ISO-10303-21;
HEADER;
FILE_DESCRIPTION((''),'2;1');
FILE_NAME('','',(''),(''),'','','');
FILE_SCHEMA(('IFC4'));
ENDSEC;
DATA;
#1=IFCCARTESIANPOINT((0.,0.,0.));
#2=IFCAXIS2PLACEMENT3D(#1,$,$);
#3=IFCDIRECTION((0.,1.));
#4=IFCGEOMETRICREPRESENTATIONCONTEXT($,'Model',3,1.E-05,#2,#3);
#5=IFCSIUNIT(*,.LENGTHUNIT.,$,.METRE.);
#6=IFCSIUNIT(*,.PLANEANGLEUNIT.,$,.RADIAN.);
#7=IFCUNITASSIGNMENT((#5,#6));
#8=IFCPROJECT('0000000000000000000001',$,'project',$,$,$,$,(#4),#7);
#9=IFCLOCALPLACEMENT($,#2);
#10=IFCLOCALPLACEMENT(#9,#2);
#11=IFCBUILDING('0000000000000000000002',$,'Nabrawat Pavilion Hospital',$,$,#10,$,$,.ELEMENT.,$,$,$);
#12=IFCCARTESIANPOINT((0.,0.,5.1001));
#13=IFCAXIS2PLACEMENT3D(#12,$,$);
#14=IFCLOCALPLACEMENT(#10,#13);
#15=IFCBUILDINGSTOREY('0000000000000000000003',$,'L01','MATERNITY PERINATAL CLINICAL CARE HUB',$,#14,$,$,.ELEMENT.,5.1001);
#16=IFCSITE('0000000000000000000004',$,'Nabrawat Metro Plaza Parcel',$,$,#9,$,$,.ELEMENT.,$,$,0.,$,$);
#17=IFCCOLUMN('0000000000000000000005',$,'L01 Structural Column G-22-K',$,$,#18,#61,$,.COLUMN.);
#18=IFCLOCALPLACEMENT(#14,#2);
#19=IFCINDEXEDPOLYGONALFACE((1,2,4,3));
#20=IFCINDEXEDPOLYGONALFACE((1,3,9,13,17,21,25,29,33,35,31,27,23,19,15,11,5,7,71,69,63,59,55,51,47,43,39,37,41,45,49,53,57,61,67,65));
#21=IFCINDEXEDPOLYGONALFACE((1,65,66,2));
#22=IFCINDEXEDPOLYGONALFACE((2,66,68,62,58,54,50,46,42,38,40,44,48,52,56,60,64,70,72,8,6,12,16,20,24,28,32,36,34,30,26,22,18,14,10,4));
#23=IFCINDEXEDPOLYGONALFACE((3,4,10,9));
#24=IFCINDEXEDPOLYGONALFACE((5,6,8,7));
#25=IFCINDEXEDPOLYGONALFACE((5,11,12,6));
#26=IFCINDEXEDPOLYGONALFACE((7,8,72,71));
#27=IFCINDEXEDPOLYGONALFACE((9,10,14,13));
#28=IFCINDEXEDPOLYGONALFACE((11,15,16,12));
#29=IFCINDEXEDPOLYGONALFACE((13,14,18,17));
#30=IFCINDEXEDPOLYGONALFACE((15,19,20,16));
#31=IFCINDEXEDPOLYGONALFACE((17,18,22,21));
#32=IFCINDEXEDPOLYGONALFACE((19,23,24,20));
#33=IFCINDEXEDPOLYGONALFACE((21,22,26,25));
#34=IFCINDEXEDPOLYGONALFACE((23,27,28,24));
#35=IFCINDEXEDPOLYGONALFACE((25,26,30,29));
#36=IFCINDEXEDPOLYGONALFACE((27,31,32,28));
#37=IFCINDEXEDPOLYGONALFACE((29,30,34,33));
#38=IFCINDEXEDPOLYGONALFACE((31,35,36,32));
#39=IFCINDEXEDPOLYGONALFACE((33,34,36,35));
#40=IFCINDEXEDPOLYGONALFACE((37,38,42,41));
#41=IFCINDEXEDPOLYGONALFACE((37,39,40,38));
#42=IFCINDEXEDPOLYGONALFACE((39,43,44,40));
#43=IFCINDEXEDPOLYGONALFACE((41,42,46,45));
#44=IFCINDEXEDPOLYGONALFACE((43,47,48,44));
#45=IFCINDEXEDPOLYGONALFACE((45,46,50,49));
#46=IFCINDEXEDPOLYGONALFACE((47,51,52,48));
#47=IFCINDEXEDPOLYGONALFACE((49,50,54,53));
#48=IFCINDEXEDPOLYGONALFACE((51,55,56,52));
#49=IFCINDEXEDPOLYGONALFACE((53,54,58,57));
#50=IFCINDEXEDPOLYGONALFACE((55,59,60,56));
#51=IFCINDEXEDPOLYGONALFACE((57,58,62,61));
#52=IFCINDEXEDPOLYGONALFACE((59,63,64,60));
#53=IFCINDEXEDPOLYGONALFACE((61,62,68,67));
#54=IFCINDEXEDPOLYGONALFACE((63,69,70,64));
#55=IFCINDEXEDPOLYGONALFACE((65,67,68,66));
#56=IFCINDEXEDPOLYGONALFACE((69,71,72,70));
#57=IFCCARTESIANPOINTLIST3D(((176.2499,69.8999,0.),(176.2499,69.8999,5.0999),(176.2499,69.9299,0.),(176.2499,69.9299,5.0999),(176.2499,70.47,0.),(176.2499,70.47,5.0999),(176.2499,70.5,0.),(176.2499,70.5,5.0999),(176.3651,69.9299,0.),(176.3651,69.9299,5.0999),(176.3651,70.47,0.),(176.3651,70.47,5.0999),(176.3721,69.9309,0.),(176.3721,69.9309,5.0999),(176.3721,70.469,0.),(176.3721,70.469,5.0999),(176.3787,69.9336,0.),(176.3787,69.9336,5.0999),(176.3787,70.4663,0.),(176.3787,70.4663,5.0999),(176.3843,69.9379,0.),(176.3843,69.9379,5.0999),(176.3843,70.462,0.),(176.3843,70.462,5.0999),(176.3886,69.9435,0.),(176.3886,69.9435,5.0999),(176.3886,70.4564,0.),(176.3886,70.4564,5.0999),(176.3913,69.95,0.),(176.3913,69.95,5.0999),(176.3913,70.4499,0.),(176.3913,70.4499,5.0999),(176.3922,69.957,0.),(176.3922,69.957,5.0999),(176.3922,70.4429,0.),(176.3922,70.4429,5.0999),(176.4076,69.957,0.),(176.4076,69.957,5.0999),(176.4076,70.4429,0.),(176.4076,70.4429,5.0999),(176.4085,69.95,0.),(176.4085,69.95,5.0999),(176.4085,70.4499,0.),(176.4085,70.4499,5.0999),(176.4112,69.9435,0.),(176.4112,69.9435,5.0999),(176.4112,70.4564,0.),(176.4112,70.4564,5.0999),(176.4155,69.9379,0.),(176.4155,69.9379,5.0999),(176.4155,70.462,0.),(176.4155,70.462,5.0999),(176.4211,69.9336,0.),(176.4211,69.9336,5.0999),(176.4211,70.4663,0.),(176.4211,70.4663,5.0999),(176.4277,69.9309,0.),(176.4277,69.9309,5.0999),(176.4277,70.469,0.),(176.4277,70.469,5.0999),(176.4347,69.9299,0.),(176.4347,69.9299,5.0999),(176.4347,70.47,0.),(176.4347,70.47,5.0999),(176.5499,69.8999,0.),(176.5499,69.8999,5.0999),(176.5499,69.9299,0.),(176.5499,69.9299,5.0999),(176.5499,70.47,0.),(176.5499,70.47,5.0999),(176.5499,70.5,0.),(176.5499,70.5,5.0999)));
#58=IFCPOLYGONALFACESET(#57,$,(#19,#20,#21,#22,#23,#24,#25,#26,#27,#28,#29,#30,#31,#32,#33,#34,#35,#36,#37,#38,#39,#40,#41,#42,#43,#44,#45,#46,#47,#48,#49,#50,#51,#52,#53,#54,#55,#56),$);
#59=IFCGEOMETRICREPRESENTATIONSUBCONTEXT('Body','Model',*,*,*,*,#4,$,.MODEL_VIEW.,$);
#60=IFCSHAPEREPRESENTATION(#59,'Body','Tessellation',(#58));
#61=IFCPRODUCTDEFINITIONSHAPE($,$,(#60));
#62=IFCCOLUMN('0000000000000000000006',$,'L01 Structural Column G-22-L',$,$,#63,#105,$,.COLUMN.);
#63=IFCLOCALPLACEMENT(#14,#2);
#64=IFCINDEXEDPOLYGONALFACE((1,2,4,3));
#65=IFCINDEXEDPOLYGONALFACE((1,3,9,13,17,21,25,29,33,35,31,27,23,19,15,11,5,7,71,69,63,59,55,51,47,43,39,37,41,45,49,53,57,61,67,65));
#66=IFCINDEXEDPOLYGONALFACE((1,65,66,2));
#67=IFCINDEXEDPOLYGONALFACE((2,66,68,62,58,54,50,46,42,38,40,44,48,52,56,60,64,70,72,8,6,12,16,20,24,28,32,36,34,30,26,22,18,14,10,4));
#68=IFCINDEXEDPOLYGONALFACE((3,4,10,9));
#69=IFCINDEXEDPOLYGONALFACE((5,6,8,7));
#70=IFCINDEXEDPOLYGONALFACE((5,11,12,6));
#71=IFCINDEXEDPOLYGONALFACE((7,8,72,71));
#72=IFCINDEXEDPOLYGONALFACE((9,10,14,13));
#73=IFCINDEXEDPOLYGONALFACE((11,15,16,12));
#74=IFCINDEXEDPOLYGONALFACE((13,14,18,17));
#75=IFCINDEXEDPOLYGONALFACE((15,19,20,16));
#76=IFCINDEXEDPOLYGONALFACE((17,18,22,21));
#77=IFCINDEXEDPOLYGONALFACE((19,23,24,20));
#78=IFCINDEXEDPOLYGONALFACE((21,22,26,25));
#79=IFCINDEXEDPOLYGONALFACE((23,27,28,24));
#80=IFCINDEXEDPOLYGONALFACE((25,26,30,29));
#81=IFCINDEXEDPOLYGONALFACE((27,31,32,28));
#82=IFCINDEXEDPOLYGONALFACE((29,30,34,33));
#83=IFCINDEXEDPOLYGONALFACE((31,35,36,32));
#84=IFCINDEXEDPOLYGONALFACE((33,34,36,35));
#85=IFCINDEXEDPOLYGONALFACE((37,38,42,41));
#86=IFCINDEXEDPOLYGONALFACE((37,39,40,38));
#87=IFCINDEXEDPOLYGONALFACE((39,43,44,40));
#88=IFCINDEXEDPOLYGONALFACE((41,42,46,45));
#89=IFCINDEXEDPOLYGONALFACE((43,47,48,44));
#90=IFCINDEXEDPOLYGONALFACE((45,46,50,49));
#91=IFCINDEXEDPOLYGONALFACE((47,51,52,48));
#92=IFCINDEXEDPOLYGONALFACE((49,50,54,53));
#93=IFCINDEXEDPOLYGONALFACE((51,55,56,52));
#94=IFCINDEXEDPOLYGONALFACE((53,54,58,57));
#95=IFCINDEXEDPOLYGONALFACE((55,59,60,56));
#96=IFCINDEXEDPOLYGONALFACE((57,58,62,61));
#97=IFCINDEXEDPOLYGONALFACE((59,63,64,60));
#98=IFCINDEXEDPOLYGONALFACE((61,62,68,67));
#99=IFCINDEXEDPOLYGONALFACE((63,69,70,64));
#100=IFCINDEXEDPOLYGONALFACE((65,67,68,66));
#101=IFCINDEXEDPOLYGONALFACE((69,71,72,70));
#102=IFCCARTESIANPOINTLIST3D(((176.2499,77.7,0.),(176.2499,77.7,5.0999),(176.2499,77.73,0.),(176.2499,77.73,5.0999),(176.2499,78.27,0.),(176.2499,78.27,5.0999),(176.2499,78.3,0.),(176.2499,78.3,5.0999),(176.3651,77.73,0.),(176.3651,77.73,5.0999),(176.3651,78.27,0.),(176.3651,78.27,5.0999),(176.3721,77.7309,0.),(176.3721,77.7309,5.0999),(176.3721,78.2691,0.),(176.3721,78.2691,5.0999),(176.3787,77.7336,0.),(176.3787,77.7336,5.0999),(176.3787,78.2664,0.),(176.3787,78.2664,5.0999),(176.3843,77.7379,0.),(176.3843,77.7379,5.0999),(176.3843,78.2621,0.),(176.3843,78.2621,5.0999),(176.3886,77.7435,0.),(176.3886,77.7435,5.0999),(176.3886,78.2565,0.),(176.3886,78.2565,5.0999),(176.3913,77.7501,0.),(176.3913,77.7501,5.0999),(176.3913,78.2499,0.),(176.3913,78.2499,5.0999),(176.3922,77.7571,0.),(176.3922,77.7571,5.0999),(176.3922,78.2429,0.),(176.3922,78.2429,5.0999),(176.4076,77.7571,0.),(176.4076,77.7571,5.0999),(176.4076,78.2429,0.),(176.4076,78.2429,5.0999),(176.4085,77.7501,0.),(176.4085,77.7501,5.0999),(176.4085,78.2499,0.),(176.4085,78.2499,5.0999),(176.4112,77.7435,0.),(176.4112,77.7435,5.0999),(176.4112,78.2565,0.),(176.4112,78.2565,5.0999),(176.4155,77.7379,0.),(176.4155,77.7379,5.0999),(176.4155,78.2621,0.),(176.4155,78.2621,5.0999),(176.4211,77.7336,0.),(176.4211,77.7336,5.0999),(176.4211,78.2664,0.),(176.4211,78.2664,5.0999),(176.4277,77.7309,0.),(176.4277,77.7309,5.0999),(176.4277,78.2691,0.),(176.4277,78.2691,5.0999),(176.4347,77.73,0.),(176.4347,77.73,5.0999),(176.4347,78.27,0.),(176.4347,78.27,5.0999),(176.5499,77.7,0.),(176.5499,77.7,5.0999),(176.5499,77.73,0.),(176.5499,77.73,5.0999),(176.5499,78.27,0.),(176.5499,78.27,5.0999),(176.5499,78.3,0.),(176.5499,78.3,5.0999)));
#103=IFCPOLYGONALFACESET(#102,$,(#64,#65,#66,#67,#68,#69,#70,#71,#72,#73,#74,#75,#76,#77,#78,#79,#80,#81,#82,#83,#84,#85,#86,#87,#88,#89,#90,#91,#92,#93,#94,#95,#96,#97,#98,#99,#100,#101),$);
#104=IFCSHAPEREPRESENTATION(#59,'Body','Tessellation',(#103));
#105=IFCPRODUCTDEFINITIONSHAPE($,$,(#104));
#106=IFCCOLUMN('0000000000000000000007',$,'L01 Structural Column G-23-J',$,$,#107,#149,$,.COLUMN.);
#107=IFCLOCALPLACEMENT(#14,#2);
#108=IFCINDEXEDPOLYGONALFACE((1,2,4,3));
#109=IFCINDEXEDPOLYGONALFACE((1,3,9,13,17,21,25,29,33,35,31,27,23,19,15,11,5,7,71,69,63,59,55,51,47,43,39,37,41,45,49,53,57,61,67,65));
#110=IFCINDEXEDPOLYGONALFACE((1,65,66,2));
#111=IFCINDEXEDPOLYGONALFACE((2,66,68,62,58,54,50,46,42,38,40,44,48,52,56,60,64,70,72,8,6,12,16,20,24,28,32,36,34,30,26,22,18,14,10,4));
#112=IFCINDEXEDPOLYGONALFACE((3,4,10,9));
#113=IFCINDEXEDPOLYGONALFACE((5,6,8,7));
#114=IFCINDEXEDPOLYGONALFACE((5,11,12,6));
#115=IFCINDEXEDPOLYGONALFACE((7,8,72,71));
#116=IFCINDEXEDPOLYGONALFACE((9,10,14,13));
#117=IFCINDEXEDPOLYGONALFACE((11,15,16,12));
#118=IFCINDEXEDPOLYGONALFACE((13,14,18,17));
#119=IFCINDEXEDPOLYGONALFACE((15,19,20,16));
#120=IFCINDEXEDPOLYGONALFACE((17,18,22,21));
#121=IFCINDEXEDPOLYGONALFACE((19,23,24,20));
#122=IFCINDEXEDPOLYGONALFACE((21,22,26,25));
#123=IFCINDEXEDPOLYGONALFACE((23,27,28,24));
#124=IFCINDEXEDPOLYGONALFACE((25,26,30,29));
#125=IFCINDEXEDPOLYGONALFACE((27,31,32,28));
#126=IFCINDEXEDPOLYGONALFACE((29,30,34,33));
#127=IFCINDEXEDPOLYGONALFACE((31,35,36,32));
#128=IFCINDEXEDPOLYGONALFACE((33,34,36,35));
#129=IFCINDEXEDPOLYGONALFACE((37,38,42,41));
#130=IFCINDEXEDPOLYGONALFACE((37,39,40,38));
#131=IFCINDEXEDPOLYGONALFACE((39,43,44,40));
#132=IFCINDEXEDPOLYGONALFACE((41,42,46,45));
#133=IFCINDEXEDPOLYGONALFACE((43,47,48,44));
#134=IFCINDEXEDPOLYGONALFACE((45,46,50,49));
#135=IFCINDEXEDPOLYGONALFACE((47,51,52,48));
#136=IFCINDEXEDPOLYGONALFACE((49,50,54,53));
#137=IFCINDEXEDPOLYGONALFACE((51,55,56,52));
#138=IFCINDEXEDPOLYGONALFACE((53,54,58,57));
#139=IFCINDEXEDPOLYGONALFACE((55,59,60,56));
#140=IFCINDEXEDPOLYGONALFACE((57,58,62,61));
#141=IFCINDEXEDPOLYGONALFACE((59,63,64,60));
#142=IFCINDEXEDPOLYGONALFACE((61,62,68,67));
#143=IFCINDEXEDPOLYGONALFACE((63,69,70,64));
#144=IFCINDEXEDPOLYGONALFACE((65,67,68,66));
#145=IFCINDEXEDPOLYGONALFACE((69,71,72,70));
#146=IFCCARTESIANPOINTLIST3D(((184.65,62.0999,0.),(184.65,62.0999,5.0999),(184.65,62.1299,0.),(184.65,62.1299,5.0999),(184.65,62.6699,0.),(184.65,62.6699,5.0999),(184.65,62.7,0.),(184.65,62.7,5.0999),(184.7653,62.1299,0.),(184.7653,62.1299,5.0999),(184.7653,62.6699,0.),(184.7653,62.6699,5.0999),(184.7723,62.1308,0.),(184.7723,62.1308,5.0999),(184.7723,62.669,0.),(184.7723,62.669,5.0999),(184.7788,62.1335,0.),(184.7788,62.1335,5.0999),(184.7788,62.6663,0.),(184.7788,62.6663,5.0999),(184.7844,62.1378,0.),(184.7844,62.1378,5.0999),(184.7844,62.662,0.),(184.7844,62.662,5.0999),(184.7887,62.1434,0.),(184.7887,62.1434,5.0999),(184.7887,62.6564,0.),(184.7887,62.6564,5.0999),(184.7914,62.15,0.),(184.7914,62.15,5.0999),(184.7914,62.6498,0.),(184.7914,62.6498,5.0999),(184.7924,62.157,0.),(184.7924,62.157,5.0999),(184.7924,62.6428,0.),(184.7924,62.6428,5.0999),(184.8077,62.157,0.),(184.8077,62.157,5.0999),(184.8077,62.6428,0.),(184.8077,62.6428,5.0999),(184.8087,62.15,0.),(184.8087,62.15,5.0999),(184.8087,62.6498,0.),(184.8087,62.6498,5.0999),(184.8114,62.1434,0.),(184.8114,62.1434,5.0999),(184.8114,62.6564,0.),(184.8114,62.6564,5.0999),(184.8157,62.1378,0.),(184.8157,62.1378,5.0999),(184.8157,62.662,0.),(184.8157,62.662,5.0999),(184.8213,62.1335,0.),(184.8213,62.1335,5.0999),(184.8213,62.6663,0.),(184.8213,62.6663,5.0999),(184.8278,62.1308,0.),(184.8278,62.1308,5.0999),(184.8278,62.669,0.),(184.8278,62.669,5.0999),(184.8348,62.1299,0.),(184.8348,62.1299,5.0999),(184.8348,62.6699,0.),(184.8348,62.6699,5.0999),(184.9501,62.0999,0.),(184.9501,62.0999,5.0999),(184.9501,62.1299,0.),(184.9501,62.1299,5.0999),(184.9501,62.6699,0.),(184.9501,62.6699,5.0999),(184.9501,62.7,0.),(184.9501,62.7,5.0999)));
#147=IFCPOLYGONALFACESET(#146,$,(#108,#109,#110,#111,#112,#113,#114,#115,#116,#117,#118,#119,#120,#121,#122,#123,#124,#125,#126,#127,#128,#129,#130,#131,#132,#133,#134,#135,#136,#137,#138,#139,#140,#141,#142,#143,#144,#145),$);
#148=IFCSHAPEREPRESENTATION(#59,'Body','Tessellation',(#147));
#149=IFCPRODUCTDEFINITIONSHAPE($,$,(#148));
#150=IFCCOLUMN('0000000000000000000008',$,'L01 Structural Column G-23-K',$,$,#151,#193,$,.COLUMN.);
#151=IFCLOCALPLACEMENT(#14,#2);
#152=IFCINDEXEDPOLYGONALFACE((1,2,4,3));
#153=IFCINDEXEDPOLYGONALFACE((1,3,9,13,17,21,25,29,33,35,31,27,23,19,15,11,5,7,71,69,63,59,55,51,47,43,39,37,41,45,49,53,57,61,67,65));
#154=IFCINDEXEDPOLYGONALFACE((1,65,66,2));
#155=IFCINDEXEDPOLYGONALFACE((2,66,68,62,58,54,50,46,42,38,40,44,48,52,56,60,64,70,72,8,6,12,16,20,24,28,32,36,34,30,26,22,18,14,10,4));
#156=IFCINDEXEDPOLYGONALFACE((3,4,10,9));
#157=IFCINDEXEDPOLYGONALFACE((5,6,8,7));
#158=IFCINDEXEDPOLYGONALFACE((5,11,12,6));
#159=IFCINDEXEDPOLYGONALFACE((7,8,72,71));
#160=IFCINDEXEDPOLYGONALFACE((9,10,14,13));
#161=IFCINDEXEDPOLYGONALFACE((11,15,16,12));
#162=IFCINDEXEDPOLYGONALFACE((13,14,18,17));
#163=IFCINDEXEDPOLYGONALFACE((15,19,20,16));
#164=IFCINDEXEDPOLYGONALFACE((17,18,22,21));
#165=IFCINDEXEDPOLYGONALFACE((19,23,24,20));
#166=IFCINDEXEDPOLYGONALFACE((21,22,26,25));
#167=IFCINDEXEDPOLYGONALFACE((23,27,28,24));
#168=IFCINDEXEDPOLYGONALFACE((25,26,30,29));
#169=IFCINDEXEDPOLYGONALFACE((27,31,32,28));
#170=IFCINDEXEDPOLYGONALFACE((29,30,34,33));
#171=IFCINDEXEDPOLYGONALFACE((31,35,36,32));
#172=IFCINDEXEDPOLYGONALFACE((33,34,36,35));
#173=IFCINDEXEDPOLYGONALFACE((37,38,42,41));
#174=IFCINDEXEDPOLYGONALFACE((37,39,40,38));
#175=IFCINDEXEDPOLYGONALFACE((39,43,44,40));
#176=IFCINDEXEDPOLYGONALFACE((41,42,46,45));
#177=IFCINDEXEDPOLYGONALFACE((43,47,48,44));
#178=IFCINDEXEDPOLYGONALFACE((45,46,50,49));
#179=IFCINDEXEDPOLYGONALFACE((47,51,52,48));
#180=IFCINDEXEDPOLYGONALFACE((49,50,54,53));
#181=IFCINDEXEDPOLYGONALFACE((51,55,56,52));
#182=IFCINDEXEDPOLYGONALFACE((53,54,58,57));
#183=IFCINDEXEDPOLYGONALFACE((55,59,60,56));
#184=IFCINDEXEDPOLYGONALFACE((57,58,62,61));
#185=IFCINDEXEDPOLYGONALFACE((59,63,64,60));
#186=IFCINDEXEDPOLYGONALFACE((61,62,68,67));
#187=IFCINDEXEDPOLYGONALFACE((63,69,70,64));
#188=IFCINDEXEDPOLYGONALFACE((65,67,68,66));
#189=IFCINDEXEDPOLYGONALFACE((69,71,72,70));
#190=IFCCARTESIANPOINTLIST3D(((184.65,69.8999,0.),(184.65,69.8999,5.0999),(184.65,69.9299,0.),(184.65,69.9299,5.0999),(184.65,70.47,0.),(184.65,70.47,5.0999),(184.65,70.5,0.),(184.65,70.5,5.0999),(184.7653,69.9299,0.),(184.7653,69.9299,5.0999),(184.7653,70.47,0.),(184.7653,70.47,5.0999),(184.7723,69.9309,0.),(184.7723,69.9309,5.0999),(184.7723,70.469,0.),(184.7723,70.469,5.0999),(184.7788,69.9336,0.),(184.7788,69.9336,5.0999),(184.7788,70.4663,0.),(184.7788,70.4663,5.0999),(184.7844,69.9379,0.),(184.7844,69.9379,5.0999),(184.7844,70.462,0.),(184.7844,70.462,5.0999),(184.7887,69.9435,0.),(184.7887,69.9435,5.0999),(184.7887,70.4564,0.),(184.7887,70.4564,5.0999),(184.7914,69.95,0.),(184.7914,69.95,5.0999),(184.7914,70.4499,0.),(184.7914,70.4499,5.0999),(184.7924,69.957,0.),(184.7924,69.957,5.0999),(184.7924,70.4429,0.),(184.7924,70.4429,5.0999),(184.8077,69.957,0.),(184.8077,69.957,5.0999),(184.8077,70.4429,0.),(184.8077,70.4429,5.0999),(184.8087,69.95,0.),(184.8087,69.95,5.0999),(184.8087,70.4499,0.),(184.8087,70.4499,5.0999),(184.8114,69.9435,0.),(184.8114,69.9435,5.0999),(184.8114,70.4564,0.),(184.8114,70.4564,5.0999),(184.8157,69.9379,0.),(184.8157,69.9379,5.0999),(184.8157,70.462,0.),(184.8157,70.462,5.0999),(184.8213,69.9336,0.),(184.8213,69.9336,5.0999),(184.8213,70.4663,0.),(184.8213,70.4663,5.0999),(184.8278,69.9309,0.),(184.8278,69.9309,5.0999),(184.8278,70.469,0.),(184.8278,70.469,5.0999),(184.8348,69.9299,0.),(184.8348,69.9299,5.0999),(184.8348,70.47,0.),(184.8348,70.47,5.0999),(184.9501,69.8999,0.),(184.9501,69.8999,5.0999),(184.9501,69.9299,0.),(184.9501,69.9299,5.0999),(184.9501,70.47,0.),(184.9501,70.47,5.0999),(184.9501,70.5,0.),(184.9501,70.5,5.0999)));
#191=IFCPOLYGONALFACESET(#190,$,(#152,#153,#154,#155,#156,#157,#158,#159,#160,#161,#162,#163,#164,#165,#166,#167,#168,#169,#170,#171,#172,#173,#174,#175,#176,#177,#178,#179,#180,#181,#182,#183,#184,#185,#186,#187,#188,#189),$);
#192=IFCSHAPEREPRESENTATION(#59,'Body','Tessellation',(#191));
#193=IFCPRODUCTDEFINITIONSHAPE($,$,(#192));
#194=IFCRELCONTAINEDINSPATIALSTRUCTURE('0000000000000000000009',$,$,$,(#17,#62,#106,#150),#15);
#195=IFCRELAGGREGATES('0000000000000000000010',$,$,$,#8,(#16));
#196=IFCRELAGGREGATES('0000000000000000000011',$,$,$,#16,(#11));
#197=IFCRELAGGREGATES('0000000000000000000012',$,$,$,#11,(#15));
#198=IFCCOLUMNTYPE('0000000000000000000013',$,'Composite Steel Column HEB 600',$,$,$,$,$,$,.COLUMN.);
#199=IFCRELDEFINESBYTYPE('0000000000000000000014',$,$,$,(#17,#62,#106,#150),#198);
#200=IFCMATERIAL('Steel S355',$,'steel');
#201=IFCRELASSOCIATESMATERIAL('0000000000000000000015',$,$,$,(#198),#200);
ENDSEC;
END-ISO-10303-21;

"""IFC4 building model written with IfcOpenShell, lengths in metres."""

from ifc_helpers import new_model, si_unit, direction, frame, origin, origin_2d, place, context, subcontext, project, spatial, i_section, extrude, material, material_profile, profile_set, type_object, element, save


model = new_model("IFC4")

# Units and contexts
model_context = context("Model", 3, precision=1e-05, world=origin(), true_north=direction((0.0, 1.0)))
body_context = subcontext(model_context, "Body", "Model", "MODEL_VIEW")
ifc_project = project(units=[si_unit("LENGTHUNIT", "METRE"), si_unit("PLANEANGLEUNIT", "RADIAN")], contexts=[model_context])

# Site, building, storey
site_placement = place(None, origin())
site = spatial("IfcSite", under=ifc_project, at=site_placement, Name="Nabrawat Metro Plaza Parcel", CompositionType="ELEMENT", RefElevation=0.0)
building_placement = place(site_placement, origin())
building = spatial("IfcBuilding", under=site, at=building_placement, Name="Nabrawat Pavilion Hospital", CompositionType="ELEMENT")
storey_placement = place(building_placement, frame((0.0, 0.0, 5.1001)))
storey = spatial("IfcBuildingStorey", under=building, at=storey_placement, Name="L01", Description="MATERNITY PERINATAL CLINICAL CARE HUB", CompositionType="ELEMENT", Elevation=5.1001)

# Columns
ifc_material_1 = material(Name="Steel S355", Category="steel")
ifc_material_profile_1 = material_profile(ifc_material_1, i_section(OverallWidth=0.3, OverallDepth=0.6001, WebThickness=0.0154, FlangeThickness=0.03, FilletRadius=0.0271, at=origin_2d()), Name="HEB 600")
ifc_profile_set_1 = profile_set([ifc_material_profile_1], Name="Steel S355")
column_type = type_object("IfcColumnType", Name="Composite Steel Column HEB 600", PredefinedType="COLUMN", material=ifc_profile_set_1)
for number, where, z_axis, x_axis, name in (
    (1, (176.3999, 70.2, 0.0), (0.0, 0.0, 1.0), (1.0, 0.0, 0.0), "L01 Structural Column G-22-K"),
    (2, (176.3999, 78.0, 0.0), (0.0, 0.0, 1.0), (1.0, 0.0, 0.0), "L01 Structural Column G-22-L"),
    (3, (184.8, 62.3999, 0.0), (0.0, 0.0, 1.0), (1.0, 0.0, 0.0), "L01 Structural Column G-23-J"),
    (4, (184.8, 70.2, 0.0), (0.0, 0.0, 1.0), (1.0, 0.0, 0.0), "L01 Structural Column G-23-K"),
):
    element("IfcColumn", number, at=place(storey_placement, frame(where, z_axis=z_axis, x_axis=x_axis)), inside=storey, type_object=column_type, Name=name, PredefinedType="COLUMN", context=body_context, shape_type="SweptSolid", body=[
        extrude(i_section(OverallWidth=0.3, OverallDepth=0.6001, WebThickness=0.0154, FlangeThickness=0.03, FilletRadius=0.0271, at=origin_2d()), origin(), (0.0, 0.0, 1.0), 5.0999),
    ])

save(model, "model.ifc")
